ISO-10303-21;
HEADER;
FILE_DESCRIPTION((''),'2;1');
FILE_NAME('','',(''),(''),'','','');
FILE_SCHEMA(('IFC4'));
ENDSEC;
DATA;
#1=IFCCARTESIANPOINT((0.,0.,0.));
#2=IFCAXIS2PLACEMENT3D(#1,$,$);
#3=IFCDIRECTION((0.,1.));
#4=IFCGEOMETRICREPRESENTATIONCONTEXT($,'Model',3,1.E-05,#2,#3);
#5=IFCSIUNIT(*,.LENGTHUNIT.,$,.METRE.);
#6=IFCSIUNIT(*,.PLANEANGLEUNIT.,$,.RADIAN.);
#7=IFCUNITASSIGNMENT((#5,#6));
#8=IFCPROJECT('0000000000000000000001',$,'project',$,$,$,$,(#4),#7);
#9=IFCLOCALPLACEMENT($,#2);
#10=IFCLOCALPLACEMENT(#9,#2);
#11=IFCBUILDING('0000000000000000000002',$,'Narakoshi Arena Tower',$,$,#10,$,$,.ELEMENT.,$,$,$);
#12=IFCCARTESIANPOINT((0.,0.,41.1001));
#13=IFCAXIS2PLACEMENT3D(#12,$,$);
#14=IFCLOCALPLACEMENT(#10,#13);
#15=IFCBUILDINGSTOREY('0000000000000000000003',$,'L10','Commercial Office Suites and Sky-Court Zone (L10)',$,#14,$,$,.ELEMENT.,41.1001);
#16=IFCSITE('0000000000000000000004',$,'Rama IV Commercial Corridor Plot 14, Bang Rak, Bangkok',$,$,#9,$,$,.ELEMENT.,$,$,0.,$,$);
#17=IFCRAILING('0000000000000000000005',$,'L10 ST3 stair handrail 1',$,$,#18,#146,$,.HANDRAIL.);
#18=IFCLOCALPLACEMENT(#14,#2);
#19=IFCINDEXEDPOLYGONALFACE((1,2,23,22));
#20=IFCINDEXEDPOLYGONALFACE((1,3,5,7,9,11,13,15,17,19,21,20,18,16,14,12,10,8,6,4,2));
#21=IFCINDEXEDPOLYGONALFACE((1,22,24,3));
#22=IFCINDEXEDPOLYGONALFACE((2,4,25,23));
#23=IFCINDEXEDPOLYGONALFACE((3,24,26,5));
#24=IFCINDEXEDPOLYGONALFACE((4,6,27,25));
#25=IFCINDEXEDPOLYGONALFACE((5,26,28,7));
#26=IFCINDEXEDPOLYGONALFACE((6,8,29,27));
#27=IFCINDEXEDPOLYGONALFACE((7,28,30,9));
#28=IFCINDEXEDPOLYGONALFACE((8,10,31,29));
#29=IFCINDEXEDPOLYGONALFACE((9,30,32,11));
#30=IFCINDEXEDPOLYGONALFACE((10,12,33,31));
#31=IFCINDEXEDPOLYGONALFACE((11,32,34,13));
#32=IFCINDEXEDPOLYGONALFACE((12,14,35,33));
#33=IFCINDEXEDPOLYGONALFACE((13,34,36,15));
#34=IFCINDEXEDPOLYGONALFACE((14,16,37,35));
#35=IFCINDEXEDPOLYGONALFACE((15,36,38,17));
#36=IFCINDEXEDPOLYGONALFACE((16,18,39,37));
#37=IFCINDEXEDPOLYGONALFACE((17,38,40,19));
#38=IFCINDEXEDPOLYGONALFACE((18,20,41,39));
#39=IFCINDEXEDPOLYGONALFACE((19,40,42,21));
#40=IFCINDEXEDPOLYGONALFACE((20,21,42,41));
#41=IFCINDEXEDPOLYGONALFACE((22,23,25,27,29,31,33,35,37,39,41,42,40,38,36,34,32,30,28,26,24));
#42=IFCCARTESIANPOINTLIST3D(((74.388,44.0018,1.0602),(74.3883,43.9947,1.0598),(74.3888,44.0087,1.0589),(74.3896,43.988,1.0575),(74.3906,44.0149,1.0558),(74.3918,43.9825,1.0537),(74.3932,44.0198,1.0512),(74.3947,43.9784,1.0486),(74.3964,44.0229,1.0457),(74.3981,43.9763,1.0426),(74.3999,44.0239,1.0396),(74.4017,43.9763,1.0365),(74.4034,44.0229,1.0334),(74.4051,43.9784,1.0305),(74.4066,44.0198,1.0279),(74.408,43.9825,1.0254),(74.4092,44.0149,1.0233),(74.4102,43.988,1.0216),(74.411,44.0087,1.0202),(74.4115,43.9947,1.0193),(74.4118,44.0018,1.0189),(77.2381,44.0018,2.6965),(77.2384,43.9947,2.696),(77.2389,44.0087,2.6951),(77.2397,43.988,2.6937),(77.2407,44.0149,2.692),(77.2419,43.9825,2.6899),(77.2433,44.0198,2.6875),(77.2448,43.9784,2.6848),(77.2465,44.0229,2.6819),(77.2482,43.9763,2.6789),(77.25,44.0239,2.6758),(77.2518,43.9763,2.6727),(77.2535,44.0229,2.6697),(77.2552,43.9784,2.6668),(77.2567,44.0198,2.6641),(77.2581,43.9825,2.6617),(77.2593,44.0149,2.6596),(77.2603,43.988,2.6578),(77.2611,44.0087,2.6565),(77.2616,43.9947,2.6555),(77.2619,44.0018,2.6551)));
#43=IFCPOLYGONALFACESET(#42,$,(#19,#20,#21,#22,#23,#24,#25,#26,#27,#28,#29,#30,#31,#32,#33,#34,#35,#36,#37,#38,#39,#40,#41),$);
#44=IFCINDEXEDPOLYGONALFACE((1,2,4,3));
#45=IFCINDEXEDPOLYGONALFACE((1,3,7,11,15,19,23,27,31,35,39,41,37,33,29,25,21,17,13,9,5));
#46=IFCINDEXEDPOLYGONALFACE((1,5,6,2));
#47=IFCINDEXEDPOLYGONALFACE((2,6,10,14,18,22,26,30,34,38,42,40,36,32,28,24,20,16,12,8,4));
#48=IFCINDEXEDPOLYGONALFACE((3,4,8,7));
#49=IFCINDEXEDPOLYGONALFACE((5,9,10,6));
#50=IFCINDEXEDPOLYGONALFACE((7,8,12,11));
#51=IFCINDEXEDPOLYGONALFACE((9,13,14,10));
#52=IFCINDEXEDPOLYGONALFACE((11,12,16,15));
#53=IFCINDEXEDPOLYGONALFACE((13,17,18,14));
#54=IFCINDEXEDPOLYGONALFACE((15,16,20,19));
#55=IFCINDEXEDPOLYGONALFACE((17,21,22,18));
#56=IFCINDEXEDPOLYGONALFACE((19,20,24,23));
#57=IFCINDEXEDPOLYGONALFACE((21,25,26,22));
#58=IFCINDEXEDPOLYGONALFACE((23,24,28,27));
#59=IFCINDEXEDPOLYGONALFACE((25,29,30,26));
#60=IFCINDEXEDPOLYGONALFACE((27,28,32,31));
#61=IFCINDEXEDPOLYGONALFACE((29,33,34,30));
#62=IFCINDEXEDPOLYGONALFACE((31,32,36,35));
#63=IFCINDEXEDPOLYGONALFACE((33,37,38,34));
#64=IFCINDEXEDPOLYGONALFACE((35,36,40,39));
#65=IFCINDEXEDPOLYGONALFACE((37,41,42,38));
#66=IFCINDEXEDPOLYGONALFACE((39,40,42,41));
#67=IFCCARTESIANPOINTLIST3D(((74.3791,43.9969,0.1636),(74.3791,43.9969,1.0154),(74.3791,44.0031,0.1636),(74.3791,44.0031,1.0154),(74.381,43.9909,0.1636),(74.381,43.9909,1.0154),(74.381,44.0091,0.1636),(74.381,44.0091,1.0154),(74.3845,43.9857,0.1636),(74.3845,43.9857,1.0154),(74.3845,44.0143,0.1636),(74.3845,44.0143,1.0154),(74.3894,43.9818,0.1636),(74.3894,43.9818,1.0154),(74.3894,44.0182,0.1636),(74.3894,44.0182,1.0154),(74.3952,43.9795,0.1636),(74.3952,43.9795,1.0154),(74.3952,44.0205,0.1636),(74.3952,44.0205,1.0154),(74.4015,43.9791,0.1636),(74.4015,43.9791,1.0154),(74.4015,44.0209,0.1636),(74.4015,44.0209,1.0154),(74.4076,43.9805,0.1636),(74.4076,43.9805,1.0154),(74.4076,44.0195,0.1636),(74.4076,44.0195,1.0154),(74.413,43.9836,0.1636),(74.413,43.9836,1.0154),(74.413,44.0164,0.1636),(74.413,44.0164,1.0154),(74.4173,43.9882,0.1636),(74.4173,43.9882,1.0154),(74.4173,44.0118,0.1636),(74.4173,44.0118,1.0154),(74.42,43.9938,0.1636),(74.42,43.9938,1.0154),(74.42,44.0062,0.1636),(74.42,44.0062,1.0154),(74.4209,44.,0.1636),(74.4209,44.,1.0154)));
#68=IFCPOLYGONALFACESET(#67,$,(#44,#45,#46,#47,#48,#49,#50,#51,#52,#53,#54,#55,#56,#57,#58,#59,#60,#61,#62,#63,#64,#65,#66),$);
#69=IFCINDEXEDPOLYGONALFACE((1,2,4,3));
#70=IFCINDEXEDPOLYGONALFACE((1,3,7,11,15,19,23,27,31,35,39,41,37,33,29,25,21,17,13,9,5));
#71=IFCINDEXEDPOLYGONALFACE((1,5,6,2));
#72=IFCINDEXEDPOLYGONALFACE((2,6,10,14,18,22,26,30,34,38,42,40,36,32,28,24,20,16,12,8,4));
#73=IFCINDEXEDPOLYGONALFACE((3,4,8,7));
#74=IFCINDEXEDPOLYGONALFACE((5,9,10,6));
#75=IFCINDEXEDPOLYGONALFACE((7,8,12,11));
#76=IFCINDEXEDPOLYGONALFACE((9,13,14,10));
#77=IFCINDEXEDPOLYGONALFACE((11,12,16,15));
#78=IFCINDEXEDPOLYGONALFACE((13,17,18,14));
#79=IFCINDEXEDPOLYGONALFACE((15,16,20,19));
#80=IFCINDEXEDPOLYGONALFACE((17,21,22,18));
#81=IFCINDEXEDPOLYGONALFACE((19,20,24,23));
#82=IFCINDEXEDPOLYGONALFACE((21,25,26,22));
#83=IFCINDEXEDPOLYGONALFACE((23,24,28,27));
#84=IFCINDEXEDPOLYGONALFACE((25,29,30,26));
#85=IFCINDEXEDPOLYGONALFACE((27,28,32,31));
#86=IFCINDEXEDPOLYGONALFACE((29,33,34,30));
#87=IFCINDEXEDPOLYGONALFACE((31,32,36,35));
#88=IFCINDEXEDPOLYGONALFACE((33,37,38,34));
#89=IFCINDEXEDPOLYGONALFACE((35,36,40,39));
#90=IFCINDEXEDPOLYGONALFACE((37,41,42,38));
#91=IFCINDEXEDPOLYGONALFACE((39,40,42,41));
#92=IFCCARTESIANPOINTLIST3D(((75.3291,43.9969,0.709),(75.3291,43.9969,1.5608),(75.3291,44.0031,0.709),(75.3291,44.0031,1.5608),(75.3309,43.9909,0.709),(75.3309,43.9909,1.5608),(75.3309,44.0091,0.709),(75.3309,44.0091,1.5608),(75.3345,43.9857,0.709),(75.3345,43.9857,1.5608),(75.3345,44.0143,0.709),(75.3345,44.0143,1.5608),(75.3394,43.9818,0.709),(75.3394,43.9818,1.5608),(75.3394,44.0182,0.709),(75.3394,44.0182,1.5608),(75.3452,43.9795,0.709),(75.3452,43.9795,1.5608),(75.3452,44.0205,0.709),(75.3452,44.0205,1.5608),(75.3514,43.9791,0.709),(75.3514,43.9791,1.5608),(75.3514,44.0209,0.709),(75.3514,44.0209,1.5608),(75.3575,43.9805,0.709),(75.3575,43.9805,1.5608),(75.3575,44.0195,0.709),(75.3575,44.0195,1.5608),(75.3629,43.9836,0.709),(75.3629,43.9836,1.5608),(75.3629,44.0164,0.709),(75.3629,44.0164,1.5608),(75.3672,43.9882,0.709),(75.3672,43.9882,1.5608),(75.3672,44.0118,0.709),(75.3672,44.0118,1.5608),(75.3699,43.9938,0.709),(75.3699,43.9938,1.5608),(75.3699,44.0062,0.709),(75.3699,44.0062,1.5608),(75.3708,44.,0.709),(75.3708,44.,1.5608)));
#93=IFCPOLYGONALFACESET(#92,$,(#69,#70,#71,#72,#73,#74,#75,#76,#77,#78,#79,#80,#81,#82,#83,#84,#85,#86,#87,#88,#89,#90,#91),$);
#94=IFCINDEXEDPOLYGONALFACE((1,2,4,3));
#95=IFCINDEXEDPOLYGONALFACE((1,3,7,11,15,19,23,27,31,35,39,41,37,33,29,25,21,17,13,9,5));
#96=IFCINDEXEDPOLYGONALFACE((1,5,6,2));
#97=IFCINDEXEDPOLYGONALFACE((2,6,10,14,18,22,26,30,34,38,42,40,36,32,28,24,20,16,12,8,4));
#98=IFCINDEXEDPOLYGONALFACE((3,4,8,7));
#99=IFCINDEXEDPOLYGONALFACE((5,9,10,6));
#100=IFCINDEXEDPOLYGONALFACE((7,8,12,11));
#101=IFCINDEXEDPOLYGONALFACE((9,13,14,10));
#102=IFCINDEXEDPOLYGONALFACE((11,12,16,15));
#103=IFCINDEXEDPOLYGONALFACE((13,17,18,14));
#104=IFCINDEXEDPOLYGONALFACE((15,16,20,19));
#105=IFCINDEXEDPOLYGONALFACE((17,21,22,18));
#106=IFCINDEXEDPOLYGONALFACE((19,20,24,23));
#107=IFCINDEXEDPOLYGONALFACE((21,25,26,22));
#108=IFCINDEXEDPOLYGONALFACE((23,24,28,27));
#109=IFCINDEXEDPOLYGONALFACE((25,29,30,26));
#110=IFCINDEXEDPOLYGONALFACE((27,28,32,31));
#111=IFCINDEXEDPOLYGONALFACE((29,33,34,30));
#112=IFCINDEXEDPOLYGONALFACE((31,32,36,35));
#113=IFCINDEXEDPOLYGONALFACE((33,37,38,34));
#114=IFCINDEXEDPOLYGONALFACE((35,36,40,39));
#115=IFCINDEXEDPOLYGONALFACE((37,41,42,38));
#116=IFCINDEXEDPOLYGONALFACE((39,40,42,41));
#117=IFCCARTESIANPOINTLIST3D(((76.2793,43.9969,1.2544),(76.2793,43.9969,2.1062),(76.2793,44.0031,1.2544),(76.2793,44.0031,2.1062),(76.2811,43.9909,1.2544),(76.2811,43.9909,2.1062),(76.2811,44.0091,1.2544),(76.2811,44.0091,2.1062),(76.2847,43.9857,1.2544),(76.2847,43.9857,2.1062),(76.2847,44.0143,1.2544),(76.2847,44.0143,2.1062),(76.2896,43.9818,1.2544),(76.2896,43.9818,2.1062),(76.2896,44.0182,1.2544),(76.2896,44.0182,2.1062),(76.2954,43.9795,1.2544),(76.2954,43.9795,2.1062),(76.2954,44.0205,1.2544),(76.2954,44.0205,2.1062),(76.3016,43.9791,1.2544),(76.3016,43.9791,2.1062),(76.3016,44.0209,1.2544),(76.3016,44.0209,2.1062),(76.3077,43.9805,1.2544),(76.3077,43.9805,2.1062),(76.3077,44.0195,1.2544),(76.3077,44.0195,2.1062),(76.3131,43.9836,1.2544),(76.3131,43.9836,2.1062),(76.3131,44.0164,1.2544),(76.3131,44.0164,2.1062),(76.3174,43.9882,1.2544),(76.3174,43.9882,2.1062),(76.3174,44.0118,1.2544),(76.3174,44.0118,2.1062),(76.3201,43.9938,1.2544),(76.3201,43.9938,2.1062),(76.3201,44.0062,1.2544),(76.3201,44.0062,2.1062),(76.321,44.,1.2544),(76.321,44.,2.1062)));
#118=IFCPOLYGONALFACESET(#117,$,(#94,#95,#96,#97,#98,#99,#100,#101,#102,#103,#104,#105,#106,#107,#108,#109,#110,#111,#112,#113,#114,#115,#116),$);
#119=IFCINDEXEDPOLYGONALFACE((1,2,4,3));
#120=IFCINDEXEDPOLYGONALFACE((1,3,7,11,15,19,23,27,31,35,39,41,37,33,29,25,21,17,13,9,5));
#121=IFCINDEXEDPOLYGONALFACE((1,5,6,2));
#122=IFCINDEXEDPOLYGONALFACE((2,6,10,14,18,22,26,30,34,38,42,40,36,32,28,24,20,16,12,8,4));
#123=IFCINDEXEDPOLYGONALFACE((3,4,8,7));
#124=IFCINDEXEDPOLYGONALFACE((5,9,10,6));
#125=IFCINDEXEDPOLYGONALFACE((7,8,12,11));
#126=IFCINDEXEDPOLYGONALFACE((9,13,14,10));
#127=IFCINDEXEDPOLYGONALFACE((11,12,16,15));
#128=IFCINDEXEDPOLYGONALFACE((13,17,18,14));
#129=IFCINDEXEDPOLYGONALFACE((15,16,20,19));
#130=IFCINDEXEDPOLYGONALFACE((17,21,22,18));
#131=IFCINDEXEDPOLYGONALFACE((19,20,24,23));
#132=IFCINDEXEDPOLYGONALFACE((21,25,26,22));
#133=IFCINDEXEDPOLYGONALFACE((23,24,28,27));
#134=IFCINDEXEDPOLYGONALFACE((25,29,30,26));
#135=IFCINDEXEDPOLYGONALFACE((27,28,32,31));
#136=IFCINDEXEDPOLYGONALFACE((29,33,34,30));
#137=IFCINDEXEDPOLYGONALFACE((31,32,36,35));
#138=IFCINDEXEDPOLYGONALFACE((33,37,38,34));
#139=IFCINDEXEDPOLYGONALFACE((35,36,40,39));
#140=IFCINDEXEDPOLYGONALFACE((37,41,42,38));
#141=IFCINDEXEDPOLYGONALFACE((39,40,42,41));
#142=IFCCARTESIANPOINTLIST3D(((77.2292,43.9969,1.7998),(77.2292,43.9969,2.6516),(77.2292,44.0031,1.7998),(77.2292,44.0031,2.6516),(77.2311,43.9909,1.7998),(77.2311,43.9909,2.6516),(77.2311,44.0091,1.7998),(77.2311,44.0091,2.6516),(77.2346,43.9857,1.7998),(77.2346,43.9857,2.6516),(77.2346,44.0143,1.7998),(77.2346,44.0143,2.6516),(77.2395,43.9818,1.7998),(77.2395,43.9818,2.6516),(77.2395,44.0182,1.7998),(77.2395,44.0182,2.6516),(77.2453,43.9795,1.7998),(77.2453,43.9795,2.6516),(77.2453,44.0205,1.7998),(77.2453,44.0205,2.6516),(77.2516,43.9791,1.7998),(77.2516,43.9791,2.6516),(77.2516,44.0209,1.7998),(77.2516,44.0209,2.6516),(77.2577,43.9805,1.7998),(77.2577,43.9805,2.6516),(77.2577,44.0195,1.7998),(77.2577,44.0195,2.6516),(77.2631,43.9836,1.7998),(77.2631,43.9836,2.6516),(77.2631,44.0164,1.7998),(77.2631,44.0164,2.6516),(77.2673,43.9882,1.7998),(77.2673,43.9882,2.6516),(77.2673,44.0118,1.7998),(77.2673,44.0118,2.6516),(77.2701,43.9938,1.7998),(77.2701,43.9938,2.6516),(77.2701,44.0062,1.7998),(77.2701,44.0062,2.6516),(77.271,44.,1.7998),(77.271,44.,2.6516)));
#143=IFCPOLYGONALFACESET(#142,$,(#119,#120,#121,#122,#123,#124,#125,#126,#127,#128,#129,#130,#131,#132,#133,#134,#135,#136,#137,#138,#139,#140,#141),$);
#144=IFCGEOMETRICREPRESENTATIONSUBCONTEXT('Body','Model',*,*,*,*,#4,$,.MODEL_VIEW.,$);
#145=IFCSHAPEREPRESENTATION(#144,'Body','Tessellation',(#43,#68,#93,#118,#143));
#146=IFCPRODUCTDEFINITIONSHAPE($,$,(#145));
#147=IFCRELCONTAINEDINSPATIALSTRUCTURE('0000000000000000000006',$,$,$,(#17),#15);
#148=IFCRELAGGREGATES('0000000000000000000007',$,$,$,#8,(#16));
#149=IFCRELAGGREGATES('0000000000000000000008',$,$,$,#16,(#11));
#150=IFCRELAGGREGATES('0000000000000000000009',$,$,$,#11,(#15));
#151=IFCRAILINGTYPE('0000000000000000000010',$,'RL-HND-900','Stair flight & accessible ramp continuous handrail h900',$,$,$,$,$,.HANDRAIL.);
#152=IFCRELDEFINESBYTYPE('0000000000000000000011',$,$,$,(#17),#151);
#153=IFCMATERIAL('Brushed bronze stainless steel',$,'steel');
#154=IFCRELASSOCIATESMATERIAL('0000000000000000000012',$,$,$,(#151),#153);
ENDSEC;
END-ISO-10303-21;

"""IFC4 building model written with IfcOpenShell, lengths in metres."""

from ifc_helpers import new_model, si_unit, direction, frame, origin, origin_2d, place, context, subcontext, project, spatial, circle, extrude, material, type_object, element, save


model = new_model("IFC4")

# Units and contexts
model_context = context("Model", 3, precision=1e-05, world=origin(), true_north=direction((0.0, 1.0)))
body_context = subcontext(model_context, "Body", "Model", "MODEL_VIEW")
ifc_project = project(units=[si_unit("LENGTHUNIT", "METRE"), si_unit("PLANEANGLEUNIT", "RADIAN")], contexts=[model_context])

# Site, building, storey
site_placement = place(None, origin())
site = spatial("IfcSite", under=ifc_project, at=site_placement, Name="Rama IV Commercial Corridor Plot 14, Bang Rak, Bangkok", CompositionType="ELEMENT", RefElevation=0.0)
building_placement = place(site_placement, origin())
building = spatial("IfcBuilding", under=site, at=building_placement, Name="Narakoshi Arena Tower", CompositionType="ELEMENT")
storey_placement = place(building_placement, frame((0.0, 0.0, 41.1001)))
storey = spatial("IfcBuildingStorey", under=building, at=storey_placement, Name="L10", Description="Commercial Office Suites and Sky-Court Zone (L10)", CompositionType="ELEMENT", Elevation=41.1001)

# Shared definitions
ifc_material_1 = material(Name="Brushed bronze stainless steel", Category="steel")

# Railing
railing_type_1 = type_object("IfcRailingType", Name="RL-HND-900", Description="Stair flight & accessible ramp continuous handrail h900", PredefinedType="HANDRAIL", material=ifc_material_1)
for number, where, name in (
    (1, (74.3999, 44.0, 0.1636), "L10 ST3 stair handrail 1"),
):
    element("IfcRailing", number, at=place(storey_placement, frame(where)), inside=storey, type_object=railing_type_1, Name=name, PredefinedType="HANDRAIL", context=body_context, shape_type="SweptSolid", body=[
        extrude(circle(Radius=0.0239, at=origin_2d()), frame((0.0, 0.0, 0.876), z_axis=(0.867245, 0.0, 0.497882), x_axis=(0.0, 1.0, 0.0)), (0.0, 0.0, 1.0), 3.2864),
        extrude(circle(Radius=0.021, at=origin_2d()), origin(), (0.0, 0.0, 1.0), 0.8518),
        extrude(circle(Radius=0.021, at=origin_2d()), frame((0.95, 0.0, 0.5454)), (0.0, 0.0, 1.0), 0.8518),
        extrude(circle(Radius=0.021, at=origin_2d()), frame((1.9001, 0.0, 1.0908)), (0.0, 0.0, 1.0), 0.8518),
        extrude(circle(Radius=0.021, at=origin_2d()), frame((2.8501, 0.0, 1.6362)), (0.0, 0.0, 1.0), 0.8518),
    ])

save(model, "model.ifc")
